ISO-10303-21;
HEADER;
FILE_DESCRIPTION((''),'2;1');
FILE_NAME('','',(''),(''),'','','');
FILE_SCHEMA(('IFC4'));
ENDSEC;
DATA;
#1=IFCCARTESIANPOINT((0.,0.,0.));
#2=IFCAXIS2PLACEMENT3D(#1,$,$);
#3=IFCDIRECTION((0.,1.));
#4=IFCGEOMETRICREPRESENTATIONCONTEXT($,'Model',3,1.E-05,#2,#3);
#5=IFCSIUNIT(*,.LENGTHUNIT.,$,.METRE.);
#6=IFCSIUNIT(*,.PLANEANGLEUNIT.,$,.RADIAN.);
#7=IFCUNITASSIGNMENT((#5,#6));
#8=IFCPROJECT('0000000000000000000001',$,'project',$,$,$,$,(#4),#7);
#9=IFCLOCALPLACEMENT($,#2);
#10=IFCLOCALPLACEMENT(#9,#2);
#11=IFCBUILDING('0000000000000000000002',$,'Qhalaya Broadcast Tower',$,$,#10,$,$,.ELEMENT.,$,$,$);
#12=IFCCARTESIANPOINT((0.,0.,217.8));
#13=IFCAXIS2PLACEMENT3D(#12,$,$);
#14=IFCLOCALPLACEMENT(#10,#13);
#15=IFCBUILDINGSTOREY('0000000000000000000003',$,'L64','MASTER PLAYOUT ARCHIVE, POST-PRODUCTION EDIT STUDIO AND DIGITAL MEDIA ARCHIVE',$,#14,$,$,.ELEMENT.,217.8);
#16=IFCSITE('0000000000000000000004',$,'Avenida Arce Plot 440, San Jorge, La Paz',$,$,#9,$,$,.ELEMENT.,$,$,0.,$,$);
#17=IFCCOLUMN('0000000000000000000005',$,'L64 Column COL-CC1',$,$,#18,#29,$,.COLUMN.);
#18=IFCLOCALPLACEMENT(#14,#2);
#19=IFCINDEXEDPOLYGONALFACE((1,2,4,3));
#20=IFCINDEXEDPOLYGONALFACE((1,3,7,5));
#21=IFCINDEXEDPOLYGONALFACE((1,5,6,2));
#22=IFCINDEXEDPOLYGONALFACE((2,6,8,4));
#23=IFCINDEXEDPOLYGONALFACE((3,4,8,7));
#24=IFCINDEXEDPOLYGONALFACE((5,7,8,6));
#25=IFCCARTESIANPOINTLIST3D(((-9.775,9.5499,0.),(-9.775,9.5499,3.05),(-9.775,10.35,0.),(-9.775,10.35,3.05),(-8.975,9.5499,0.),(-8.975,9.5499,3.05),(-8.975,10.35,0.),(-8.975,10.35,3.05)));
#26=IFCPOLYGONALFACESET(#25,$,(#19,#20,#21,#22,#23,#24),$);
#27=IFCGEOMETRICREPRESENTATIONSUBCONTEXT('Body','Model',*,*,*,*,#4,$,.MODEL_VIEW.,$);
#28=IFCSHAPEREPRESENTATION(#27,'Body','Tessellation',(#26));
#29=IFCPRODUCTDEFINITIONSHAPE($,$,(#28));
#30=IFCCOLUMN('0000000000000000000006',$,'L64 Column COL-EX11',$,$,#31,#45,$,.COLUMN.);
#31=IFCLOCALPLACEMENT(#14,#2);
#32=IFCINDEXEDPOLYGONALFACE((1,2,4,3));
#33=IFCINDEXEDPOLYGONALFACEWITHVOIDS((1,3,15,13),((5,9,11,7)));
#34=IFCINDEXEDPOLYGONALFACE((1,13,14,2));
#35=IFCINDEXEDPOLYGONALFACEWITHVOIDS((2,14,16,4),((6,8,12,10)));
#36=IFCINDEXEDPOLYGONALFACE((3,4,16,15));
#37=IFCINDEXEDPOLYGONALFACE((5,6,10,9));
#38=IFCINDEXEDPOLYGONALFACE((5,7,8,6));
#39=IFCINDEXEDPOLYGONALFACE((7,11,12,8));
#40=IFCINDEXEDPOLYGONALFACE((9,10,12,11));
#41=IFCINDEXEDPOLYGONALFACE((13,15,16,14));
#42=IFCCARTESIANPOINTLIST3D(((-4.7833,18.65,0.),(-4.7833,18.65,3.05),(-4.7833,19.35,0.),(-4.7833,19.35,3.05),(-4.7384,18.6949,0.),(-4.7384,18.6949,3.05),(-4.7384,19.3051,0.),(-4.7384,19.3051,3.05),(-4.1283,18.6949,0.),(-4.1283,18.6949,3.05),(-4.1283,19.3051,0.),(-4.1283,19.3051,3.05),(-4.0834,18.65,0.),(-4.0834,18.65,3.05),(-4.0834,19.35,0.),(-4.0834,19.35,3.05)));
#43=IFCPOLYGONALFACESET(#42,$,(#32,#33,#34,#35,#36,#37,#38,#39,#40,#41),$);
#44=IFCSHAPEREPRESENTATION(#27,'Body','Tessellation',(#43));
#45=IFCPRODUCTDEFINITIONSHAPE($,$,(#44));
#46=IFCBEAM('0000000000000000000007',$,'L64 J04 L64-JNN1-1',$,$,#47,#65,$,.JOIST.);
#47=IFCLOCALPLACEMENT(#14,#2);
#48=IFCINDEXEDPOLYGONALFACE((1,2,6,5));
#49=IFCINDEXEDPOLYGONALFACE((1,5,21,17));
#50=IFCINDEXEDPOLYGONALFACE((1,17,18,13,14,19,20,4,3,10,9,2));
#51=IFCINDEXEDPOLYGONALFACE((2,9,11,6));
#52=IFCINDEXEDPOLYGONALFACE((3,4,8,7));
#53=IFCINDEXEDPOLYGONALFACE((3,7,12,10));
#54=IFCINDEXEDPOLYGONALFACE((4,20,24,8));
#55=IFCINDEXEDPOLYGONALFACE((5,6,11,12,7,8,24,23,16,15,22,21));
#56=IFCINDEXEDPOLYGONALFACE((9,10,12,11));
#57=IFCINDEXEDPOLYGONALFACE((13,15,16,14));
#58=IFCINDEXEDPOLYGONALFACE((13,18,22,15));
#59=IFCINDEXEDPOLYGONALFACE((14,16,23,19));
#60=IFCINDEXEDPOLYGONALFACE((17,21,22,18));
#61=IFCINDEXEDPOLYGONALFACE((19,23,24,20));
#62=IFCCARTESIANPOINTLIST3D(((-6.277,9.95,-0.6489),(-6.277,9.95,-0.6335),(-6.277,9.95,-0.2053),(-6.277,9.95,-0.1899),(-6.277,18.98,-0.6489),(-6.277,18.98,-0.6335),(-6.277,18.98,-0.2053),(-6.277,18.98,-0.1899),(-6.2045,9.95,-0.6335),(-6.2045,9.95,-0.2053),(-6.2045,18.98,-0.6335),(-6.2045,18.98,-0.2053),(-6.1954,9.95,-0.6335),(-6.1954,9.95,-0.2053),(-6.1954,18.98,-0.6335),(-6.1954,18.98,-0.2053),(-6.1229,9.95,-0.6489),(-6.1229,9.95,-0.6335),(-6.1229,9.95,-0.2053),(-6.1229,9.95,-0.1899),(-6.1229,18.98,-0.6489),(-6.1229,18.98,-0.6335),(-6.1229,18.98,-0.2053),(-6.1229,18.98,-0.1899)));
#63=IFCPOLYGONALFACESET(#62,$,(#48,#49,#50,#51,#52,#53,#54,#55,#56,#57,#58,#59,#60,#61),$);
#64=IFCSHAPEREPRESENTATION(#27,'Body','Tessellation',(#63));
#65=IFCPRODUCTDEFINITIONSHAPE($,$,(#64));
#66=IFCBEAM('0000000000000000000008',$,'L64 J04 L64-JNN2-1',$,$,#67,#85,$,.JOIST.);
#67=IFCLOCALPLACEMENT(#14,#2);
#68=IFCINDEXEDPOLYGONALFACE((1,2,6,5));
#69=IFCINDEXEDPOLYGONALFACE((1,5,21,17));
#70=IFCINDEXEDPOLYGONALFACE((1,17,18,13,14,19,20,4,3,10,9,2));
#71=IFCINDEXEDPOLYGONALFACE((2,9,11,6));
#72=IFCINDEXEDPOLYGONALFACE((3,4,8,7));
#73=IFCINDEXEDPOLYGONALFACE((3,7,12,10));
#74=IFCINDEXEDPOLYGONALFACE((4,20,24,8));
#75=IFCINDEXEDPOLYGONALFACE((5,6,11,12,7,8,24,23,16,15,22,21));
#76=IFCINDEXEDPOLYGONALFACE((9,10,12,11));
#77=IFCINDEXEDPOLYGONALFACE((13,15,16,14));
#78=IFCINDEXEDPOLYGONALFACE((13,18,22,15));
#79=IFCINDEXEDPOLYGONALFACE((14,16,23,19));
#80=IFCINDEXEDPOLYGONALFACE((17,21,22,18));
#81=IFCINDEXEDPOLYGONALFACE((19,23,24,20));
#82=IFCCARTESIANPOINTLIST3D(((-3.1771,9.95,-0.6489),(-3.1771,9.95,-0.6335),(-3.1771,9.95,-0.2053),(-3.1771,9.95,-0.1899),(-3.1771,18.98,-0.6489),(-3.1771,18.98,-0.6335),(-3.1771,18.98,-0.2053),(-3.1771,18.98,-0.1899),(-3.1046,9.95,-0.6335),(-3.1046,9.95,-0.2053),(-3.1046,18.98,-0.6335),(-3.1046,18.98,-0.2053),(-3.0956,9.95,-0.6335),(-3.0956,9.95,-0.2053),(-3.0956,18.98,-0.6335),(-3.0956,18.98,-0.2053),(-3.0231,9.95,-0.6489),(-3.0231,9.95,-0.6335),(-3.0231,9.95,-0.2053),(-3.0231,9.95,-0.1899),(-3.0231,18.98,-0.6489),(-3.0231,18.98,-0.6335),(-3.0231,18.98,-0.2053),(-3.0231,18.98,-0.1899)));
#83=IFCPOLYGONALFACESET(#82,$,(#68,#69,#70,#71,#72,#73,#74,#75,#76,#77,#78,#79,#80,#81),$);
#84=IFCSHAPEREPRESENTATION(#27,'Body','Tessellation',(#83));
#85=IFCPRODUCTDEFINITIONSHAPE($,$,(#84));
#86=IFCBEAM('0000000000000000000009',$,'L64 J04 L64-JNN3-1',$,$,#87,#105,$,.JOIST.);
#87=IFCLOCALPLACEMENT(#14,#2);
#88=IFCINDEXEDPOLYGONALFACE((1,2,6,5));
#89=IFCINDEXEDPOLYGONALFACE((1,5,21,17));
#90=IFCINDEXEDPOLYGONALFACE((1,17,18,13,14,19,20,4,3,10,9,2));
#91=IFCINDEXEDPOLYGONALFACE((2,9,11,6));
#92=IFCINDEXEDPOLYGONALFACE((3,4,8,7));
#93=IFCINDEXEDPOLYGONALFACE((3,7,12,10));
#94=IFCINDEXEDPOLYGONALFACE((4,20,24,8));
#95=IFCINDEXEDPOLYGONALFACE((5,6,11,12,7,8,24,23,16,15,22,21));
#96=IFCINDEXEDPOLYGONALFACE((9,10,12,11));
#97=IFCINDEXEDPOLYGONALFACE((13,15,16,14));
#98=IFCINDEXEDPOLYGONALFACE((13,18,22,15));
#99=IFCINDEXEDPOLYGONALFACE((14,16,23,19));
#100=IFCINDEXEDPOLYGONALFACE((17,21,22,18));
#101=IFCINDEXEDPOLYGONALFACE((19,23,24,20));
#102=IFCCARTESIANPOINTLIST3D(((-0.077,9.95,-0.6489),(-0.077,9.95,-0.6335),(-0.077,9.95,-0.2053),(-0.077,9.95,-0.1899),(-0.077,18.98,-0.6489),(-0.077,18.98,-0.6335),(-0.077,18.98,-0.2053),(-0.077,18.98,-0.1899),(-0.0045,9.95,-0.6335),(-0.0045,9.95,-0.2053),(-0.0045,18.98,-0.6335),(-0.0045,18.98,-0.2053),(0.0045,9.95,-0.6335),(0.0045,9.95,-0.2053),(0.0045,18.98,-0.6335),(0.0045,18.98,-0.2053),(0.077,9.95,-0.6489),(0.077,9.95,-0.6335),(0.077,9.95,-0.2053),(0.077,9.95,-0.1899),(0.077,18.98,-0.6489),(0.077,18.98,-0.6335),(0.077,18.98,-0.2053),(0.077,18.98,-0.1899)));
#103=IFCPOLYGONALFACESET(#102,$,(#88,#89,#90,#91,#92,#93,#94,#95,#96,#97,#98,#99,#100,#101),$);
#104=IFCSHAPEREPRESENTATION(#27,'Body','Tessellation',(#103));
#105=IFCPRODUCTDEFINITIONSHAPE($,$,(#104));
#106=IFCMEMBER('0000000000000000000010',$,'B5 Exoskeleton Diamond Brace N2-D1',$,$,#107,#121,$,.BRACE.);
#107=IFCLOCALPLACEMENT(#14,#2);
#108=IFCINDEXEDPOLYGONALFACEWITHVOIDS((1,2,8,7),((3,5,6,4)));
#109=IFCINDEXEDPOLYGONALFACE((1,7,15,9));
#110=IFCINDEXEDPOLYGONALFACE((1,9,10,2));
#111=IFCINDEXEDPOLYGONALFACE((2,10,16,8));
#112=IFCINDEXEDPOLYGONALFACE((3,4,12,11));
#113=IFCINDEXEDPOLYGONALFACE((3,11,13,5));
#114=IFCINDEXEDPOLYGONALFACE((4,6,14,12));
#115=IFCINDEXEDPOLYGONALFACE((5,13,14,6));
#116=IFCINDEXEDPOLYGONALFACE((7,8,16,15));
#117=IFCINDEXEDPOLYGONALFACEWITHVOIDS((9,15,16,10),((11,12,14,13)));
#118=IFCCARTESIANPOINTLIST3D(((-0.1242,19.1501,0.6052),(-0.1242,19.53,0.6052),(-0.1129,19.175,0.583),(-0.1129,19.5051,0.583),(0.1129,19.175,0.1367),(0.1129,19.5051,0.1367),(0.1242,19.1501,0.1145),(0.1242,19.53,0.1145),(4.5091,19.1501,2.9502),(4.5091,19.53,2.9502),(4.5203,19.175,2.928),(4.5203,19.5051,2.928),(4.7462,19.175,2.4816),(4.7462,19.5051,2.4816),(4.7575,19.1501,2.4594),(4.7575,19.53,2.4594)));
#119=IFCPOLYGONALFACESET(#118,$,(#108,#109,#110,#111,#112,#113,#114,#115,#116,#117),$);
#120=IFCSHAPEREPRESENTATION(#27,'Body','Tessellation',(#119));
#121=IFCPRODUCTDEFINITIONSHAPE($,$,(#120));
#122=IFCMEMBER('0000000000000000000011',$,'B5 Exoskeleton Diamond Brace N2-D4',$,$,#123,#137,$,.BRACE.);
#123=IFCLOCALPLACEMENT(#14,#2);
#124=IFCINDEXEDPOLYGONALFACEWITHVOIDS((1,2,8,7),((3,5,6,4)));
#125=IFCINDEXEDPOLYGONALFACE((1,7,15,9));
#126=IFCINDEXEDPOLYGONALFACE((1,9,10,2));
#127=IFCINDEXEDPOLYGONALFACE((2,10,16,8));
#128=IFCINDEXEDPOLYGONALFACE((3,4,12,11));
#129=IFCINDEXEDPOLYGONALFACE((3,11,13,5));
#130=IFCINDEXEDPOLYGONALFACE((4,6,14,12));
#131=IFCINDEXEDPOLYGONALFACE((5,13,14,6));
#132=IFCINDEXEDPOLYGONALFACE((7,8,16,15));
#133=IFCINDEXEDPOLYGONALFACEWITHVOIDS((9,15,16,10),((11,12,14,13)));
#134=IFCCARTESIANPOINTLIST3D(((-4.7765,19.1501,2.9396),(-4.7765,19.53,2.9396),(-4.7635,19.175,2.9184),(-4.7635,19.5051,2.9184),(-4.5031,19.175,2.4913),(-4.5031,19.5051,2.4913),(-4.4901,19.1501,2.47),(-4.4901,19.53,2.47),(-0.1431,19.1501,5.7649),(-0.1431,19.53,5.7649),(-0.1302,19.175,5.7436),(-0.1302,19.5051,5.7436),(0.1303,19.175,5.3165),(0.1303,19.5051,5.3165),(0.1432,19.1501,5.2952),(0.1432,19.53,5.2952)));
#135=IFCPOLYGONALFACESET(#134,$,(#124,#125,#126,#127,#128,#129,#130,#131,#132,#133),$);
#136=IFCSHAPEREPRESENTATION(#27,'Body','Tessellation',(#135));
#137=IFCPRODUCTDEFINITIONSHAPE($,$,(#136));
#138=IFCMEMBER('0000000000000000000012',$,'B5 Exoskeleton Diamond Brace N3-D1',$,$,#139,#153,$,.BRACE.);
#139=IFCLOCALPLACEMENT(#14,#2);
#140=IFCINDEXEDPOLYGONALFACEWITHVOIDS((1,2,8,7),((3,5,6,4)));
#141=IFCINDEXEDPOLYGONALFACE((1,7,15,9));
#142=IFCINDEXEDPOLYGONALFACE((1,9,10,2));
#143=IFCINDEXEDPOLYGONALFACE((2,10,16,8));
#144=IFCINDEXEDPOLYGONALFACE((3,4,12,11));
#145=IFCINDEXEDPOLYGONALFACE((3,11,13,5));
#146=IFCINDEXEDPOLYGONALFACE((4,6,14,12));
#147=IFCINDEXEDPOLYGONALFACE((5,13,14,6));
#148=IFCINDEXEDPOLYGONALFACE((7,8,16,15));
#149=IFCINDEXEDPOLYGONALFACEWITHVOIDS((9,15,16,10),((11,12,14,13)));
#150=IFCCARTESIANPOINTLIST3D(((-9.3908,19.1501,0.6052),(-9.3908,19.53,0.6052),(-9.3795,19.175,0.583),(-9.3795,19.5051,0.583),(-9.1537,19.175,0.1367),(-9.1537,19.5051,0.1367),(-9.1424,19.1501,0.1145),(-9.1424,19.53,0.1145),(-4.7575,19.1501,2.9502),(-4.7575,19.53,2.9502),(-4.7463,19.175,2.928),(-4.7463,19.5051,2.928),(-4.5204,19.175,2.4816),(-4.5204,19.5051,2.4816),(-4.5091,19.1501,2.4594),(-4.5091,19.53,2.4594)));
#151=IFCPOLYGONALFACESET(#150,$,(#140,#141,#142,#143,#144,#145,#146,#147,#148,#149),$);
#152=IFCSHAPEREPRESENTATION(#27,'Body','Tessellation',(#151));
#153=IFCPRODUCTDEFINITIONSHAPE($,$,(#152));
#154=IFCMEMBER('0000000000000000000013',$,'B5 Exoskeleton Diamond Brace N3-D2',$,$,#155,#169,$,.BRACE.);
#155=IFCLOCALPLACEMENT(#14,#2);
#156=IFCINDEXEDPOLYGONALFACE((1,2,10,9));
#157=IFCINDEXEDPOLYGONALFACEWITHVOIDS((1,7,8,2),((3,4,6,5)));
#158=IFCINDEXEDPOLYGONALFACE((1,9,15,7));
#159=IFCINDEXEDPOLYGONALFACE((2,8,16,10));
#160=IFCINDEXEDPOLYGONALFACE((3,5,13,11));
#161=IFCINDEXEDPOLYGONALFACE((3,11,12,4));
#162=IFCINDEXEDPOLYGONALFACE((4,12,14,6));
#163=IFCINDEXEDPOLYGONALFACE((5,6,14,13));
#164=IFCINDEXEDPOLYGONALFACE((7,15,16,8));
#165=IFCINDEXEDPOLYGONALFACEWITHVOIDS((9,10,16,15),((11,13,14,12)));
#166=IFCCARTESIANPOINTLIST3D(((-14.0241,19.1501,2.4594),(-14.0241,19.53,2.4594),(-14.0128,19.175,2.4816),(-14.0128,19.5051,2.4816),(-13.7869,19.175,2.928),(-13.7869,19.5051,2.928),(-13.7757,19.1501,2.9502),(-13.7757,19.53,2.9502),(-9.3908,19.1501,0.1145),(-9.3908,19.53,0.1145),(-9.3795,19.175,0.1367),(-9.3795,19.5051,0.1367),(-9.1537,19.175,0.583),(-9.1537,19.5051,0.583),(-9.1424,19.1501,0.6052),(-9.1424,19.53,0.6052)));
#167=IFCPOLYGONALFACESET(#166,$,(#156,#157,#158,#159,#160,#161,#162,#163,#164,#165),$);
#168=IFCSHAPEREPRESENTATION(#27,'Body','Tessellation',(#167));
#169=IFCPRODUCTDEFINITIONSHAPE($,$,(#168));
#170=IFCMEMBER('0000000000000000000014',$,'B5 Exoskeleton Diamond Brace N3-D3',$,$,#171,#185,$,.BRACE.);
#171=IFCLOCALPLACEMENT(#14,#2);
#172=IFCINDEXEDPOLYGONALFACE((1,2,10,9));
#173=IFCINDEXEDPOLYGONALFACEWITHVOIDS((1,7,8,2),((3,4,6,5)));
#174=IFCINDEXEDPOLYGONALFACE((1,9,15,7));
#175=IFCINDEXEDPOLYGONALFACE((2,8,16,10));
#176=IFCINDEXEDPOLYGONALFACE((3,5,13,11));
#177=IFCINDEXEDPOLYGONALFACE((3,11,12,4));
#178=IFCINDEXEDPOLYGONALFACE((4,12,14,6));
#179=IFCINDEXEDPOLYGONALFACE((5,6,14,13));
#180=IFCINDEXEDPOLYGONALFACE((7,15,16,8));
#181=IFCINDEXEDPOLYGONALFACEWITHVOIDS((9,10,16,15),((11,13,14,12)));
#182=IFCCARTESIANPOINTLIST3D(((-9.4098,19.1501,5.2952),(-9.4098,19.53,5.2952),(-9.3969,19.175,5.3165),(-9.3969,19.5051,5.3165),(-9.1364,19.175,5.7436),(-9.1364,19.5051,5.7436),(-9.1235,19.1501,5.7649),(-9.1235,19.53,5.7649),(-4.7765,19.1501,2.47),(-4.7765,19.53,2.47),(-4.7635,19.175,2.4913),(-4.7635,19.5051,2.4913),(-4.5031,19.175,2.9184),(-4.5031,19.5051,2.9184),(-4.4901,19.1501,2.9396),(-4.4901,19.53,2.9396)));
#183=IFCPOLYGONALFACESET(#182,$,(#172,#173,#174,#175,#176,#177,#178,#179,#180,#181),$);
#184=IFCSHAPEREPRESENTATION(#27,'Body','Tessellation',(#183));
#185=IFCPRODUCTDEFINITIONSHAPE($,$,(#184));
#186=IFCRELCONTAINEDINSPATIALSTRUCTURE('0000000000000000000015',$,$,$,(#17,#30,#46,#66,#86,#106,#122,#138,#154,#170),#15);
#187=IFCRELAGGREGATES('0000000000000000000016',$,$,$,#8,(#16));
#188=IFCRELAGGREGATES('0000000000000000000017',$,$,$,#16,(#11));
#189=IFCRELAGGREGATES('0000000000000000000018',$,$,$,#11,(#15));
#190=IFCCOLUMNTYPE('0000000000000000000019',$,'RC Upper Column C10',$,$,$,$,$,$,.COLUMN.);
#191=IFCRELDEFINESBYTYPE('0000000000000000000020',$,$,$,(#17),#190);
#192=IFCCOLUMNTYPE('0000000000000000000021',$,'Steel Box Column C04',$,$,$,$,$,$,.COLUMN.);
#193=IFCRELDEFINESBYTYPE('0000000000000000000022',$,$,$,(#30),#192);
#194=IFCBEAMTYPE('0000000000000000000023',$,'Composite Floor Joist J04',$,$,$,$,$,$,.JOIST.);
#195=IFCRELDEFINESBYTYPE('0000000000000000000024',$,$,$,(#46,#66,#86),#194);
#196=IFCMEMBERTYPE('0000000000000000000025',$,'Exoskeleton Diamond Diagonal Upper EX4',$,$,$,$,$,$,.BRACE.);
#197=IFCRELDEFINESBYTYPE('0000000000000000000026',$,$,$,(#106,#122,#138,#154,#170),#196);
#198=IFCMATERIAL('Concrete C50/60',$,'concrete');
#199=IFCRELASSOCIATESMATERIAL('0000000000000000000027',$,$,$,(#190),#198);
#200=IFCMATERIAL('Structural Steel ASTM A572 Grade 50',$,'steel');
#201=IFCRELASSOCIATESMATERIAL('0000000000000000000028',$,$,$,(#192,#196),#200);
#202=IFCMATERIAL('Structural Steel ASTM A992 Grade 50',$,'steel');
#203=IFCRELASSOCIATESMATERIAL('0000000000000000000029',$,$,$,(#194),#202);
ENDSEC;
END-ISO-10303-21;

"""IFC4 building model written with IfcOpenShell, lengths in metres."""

from ifc_helpers import new_model, si_unit, direction, frame, origin, origin_2d, place, context, subcontext, project, spatial, rectangle, hollow_rectangle, i_section, extrude, material, material_profile, profile_set, type_object, element, save


model = new_model("IFC4")

# Units and contexts
model_context = context("Model", 3, precision=1e-05, world=origin(), true_north=direction((0.0, 1.0)))
body_context = subcontext(model_context, "Body", "Model", "MODEL_VIEW")
ifc_project = project(units=[si_unit("LENGTHUNIT", "METRE"), si_unit("PLANEANGLEUNIT", "RADIAN")], contexts=[model_context])

# Site, building, storey
site_placement = place(None, origin())
site = spatial("IfcSite", under=ifc_project, at=site_placement, Name="Avenida Arce Plot 440, San Jorge, La Paz", CompositionType="ELEMENT", RefElevation=0.0)
building_placement = place(site_placement, origin())
building = spatial("IfcBuilding", under=site, at=building_placement, Name="Qhalaya Broadcast Tower", CompositionType="ELEMENT")
storey_placement = place(building_placement, frame((0.0, 0.0, 217.8)))
storey = spatial("IfcBuildingStorey", under=building, at=storey_placement, Name="L64", Description="MASTER PLAYOUT ARCHIVE, POST-PRODUCTION EDIT STUDIO AND DIGITAL MEDIA ARCHIVE", CompositionType="ELEMENT", Elevation=217.8)

# Columns
ifc_material_1 = material(Name="Concrete C50/60", Category="concrete")
ifc_material_profile_1 = material_profile(ifc_material_1, rectangle(XDim=0.8, YDim=0.8, at=origin_2d()), Name="RC-COL 800x800")
ifc_profile_set_1 = profile_set([ifc_material_profile_1], Name="Concrete C50/60")
column_type_1 = type_object("IfcColumnType", Name="RC Upper Column C10", PredefinedType="COLUMN", material=ifc_profile_set_1)
column_1_placement = place(storey_placement, frame((-9.375, 9.95, 0.0), z_axis=(0.0, 0.0, 1.0), x_axis=(1.0, 0.0, 0.0)))
element("IfcColumn", 1, at=column_1_placement, inside=storey, type_object=column_type_1, Name="L64 Column COL-CC1", PredefinedType="COLUMN", context=body_context, shape_type="SweptSolid", body=[
    extrude(rectangle(XDim=0.8, YDim=0.8, at=origin_2d()), origin(), (0.0, 0.0, 1.0), 3.05),
])
ifc_material_2 = material(Name="Structural Steel ASTM A572 Grade 50", Category="steel")
ifc_material_profile_2 = material_profile(ifc_material_2, hollow_rectangle(XDim=0.7, YDim=0.7, WallThickness=0.0449, at=origin_2d()), Name="BOX 700x700x45")
ifc_profile_set_2 = profile_set([ifc_material_profile_2], Name="Structural Steel ASTM A572 Grade 50")
column_type_2 = type_object("IfcColumnType", Name="Steel Box Column C04", PredefinedType="COLUMN", material=ifc_profile_set_2)
column_2_placement = place(storey_placement, frame((-4.4333, 19.0, 0.0), z_axis=(0.0, 0.0, 1.0), x_axis=(1.0, 0.0, 0.0)))
element("IfcColumn", 2, at=column_2_placement, inside=storey, type_object=column_type_2, Name="L64 Column COL-EX11", PredefinedType="COLUMN", context=body_context, shape_type="SweptSolid", body=[
    extrude(hollow_rectangle(XDim=0.7, YDim=0.7, WallThickness=0.0449, at=origin_2d()), origin(), (0.0, 0.0, 1.0), 3.05),
])

# Beams
ifc_material_3 = material(Name="Structural Steel ASTM A992 Grade 50", Category="steel")
ifc_material_profile_3 = material_profile(ifc_material_3, i_section(OverallWidth=0.1541, OverallDepth=0.459, WebThickness=0.009, FlangeThickness=0.0154, at=origin_2d()), Name="W18X46")
ifc_profile_set_3 = profile_set([ifc_material_profile_3], Name="Structural Steel ASTM A992 Grade 50")
beam_type_1 = type_object("IfcBeamType", Name="Composite Floor Joist J04", PredefinedType="JOIST", material=ifc_profile_set_3)
for number, where, z_axis, x_axis, name in (
    (3, (-6.2, 9.95, -0.4194), (0.0, 1.0, 0.0), (-1.0, 0.0, 0.0), "L64 J04 L64-JNN1-1"),
    (4, (-3.1001, 9.95, -0.4194), (0.0, 1.0, 0.0), (-1.0, 0.0, 0.0), "L64 J04 L64-JNN2-1"),
    (5, (0.0, 9.95, -0.4194), (0.0, 1.0, 0.0), (-1.0, 0.0, 0.0), "L64 J04 L64-JNN3-1"),
):
    element("IfcBeam", number, at=place(storey_placement, frame(where, z_axis=z_axis, x_axis=x_axis)), inside=storey, type_object=beam_type_1, Name=name, PredefinedType="JOIST", context=body_context, shape_type="SweptSolid", body=[
        extrude(i_section(OverallWidth=0.1541, OverallDepth=0.459, WebThickness=0.009, FlangeThickness=0.0154, at=origin_2d()), origin(), (0.0, 0.0, 1.0), 9.03),
    ])

# Members
ifc_material_profile_4 = material_profile(ifc_material_2, hollow_rectangle(XDim=0.3799, YDim=0.55, WallThickness=0.0249, at=origin_2d()), Name="BOX 380x550x25")
ifc_profile_set_4 = profile_set([ifc_material_profile_4], Name="Structural Steel ASTM A572 Grade 50")
member_type = type_object("IfcMemberType", Name="Exoskeleton Diamond Diagonal Upper EX4", PredefinedType="BRACE", material=ifc_profile_set_4)
member_1_placement = place(storey_placement, frame((0.0, 19.3401, 0.3599), z_axis=(0.892235, 0.0, 0.451571), x_axis=(0.0, 1.0, 0.0)))
element("IfcMember", 6, at=member_1_placement, inside=storey, type_object=member_type, Name="B5 Exoskeleton Diamond Brace N2-D1", PredefinedType="BRACE", context=body_context, shape_type="SweptSolid", body=[
    extrude(hollow_rectangle(XDim=0.3799, YDim=0.55, WallThickness=0.0249, at=origin_2d()), origin(), (0.0, 0.0, 1.0), 5.1929),
])
member_2_placement = place(storey_placement, frame((-4.6333, 19.3401, 2.7048), z_axis=(0.853795, 0.0, 0.520609), x_axis=(0.0, 1.0, 0.0)))
element("IfcMember", 7, at=member_2_placement, inside=storey, type_object=member_type, Name="B5 Exoskeleton Diamond Brace N2-D4", PredefinedType="BRACE", context=body_context, shape_type="SweptSolid", body=[
    extrude(hollow_rectangle(XDim=0.3799, YDim=0.55, WallThickness=0.0249, at=origin_2d()), origin(), (0.0, 0.0, 1.0), 5.4268),
])
for number, where, z_axis, x_axis, name in (
    (8, (-9.2666, 19.3401, 0.3599), (0.892235, 0.0, 0.451571), (0.0, 1.0, 0.0), "B5 Exoskeleton Diamond Brace N3-D1"),
    (9, (-9.2666, 19.3401, 0.3599), (-0.892235, 0.0, 0.451571), (0.0, -1.0, 0.0), "B5 Exoskeleton Diamond Brace N3-D2"),
):
    element("IfcMember", number, at=place(storey_placement, frame(where, z_axis=z_axis, x_axis=x_axis)), inside=storey, type_object=member_type, Name=name, PredefinedType="BRACE", context=body_context, shape_type="SweptSolid", body=[
        extrude(hollow_rectangle(XDim=0.3799, YDim=0.55, WallThickness=0.0249, at=origin_2d()), origin(), (0.0, 0.0, 1.0), 5.1929),
    ])
member_3_placement = place(storey_placement, frame((-4.6333, 19.3401, 2.7048), z_axis=(-0.853795, 0.0, 0.520609), x_axis=(0.0, -1.0, 0.0)))
element("IfcMember", 10, at=member_3_placement, inside=storey, type_object=member_type, Name="B5 Exoskeleton Diamond Brace N3-D3", PredefinedType="BRACE", context=body_context, shape_type="SweptSolid", body=[
    extrude(hollow_rectangle(XDim=0.3799, YDim=0.55, WallThickness=0.0249, at=origin_2d()), origin(), (0.0, 0.0, 1.0), 5.4268),
])

save(model, "model.ifc")
